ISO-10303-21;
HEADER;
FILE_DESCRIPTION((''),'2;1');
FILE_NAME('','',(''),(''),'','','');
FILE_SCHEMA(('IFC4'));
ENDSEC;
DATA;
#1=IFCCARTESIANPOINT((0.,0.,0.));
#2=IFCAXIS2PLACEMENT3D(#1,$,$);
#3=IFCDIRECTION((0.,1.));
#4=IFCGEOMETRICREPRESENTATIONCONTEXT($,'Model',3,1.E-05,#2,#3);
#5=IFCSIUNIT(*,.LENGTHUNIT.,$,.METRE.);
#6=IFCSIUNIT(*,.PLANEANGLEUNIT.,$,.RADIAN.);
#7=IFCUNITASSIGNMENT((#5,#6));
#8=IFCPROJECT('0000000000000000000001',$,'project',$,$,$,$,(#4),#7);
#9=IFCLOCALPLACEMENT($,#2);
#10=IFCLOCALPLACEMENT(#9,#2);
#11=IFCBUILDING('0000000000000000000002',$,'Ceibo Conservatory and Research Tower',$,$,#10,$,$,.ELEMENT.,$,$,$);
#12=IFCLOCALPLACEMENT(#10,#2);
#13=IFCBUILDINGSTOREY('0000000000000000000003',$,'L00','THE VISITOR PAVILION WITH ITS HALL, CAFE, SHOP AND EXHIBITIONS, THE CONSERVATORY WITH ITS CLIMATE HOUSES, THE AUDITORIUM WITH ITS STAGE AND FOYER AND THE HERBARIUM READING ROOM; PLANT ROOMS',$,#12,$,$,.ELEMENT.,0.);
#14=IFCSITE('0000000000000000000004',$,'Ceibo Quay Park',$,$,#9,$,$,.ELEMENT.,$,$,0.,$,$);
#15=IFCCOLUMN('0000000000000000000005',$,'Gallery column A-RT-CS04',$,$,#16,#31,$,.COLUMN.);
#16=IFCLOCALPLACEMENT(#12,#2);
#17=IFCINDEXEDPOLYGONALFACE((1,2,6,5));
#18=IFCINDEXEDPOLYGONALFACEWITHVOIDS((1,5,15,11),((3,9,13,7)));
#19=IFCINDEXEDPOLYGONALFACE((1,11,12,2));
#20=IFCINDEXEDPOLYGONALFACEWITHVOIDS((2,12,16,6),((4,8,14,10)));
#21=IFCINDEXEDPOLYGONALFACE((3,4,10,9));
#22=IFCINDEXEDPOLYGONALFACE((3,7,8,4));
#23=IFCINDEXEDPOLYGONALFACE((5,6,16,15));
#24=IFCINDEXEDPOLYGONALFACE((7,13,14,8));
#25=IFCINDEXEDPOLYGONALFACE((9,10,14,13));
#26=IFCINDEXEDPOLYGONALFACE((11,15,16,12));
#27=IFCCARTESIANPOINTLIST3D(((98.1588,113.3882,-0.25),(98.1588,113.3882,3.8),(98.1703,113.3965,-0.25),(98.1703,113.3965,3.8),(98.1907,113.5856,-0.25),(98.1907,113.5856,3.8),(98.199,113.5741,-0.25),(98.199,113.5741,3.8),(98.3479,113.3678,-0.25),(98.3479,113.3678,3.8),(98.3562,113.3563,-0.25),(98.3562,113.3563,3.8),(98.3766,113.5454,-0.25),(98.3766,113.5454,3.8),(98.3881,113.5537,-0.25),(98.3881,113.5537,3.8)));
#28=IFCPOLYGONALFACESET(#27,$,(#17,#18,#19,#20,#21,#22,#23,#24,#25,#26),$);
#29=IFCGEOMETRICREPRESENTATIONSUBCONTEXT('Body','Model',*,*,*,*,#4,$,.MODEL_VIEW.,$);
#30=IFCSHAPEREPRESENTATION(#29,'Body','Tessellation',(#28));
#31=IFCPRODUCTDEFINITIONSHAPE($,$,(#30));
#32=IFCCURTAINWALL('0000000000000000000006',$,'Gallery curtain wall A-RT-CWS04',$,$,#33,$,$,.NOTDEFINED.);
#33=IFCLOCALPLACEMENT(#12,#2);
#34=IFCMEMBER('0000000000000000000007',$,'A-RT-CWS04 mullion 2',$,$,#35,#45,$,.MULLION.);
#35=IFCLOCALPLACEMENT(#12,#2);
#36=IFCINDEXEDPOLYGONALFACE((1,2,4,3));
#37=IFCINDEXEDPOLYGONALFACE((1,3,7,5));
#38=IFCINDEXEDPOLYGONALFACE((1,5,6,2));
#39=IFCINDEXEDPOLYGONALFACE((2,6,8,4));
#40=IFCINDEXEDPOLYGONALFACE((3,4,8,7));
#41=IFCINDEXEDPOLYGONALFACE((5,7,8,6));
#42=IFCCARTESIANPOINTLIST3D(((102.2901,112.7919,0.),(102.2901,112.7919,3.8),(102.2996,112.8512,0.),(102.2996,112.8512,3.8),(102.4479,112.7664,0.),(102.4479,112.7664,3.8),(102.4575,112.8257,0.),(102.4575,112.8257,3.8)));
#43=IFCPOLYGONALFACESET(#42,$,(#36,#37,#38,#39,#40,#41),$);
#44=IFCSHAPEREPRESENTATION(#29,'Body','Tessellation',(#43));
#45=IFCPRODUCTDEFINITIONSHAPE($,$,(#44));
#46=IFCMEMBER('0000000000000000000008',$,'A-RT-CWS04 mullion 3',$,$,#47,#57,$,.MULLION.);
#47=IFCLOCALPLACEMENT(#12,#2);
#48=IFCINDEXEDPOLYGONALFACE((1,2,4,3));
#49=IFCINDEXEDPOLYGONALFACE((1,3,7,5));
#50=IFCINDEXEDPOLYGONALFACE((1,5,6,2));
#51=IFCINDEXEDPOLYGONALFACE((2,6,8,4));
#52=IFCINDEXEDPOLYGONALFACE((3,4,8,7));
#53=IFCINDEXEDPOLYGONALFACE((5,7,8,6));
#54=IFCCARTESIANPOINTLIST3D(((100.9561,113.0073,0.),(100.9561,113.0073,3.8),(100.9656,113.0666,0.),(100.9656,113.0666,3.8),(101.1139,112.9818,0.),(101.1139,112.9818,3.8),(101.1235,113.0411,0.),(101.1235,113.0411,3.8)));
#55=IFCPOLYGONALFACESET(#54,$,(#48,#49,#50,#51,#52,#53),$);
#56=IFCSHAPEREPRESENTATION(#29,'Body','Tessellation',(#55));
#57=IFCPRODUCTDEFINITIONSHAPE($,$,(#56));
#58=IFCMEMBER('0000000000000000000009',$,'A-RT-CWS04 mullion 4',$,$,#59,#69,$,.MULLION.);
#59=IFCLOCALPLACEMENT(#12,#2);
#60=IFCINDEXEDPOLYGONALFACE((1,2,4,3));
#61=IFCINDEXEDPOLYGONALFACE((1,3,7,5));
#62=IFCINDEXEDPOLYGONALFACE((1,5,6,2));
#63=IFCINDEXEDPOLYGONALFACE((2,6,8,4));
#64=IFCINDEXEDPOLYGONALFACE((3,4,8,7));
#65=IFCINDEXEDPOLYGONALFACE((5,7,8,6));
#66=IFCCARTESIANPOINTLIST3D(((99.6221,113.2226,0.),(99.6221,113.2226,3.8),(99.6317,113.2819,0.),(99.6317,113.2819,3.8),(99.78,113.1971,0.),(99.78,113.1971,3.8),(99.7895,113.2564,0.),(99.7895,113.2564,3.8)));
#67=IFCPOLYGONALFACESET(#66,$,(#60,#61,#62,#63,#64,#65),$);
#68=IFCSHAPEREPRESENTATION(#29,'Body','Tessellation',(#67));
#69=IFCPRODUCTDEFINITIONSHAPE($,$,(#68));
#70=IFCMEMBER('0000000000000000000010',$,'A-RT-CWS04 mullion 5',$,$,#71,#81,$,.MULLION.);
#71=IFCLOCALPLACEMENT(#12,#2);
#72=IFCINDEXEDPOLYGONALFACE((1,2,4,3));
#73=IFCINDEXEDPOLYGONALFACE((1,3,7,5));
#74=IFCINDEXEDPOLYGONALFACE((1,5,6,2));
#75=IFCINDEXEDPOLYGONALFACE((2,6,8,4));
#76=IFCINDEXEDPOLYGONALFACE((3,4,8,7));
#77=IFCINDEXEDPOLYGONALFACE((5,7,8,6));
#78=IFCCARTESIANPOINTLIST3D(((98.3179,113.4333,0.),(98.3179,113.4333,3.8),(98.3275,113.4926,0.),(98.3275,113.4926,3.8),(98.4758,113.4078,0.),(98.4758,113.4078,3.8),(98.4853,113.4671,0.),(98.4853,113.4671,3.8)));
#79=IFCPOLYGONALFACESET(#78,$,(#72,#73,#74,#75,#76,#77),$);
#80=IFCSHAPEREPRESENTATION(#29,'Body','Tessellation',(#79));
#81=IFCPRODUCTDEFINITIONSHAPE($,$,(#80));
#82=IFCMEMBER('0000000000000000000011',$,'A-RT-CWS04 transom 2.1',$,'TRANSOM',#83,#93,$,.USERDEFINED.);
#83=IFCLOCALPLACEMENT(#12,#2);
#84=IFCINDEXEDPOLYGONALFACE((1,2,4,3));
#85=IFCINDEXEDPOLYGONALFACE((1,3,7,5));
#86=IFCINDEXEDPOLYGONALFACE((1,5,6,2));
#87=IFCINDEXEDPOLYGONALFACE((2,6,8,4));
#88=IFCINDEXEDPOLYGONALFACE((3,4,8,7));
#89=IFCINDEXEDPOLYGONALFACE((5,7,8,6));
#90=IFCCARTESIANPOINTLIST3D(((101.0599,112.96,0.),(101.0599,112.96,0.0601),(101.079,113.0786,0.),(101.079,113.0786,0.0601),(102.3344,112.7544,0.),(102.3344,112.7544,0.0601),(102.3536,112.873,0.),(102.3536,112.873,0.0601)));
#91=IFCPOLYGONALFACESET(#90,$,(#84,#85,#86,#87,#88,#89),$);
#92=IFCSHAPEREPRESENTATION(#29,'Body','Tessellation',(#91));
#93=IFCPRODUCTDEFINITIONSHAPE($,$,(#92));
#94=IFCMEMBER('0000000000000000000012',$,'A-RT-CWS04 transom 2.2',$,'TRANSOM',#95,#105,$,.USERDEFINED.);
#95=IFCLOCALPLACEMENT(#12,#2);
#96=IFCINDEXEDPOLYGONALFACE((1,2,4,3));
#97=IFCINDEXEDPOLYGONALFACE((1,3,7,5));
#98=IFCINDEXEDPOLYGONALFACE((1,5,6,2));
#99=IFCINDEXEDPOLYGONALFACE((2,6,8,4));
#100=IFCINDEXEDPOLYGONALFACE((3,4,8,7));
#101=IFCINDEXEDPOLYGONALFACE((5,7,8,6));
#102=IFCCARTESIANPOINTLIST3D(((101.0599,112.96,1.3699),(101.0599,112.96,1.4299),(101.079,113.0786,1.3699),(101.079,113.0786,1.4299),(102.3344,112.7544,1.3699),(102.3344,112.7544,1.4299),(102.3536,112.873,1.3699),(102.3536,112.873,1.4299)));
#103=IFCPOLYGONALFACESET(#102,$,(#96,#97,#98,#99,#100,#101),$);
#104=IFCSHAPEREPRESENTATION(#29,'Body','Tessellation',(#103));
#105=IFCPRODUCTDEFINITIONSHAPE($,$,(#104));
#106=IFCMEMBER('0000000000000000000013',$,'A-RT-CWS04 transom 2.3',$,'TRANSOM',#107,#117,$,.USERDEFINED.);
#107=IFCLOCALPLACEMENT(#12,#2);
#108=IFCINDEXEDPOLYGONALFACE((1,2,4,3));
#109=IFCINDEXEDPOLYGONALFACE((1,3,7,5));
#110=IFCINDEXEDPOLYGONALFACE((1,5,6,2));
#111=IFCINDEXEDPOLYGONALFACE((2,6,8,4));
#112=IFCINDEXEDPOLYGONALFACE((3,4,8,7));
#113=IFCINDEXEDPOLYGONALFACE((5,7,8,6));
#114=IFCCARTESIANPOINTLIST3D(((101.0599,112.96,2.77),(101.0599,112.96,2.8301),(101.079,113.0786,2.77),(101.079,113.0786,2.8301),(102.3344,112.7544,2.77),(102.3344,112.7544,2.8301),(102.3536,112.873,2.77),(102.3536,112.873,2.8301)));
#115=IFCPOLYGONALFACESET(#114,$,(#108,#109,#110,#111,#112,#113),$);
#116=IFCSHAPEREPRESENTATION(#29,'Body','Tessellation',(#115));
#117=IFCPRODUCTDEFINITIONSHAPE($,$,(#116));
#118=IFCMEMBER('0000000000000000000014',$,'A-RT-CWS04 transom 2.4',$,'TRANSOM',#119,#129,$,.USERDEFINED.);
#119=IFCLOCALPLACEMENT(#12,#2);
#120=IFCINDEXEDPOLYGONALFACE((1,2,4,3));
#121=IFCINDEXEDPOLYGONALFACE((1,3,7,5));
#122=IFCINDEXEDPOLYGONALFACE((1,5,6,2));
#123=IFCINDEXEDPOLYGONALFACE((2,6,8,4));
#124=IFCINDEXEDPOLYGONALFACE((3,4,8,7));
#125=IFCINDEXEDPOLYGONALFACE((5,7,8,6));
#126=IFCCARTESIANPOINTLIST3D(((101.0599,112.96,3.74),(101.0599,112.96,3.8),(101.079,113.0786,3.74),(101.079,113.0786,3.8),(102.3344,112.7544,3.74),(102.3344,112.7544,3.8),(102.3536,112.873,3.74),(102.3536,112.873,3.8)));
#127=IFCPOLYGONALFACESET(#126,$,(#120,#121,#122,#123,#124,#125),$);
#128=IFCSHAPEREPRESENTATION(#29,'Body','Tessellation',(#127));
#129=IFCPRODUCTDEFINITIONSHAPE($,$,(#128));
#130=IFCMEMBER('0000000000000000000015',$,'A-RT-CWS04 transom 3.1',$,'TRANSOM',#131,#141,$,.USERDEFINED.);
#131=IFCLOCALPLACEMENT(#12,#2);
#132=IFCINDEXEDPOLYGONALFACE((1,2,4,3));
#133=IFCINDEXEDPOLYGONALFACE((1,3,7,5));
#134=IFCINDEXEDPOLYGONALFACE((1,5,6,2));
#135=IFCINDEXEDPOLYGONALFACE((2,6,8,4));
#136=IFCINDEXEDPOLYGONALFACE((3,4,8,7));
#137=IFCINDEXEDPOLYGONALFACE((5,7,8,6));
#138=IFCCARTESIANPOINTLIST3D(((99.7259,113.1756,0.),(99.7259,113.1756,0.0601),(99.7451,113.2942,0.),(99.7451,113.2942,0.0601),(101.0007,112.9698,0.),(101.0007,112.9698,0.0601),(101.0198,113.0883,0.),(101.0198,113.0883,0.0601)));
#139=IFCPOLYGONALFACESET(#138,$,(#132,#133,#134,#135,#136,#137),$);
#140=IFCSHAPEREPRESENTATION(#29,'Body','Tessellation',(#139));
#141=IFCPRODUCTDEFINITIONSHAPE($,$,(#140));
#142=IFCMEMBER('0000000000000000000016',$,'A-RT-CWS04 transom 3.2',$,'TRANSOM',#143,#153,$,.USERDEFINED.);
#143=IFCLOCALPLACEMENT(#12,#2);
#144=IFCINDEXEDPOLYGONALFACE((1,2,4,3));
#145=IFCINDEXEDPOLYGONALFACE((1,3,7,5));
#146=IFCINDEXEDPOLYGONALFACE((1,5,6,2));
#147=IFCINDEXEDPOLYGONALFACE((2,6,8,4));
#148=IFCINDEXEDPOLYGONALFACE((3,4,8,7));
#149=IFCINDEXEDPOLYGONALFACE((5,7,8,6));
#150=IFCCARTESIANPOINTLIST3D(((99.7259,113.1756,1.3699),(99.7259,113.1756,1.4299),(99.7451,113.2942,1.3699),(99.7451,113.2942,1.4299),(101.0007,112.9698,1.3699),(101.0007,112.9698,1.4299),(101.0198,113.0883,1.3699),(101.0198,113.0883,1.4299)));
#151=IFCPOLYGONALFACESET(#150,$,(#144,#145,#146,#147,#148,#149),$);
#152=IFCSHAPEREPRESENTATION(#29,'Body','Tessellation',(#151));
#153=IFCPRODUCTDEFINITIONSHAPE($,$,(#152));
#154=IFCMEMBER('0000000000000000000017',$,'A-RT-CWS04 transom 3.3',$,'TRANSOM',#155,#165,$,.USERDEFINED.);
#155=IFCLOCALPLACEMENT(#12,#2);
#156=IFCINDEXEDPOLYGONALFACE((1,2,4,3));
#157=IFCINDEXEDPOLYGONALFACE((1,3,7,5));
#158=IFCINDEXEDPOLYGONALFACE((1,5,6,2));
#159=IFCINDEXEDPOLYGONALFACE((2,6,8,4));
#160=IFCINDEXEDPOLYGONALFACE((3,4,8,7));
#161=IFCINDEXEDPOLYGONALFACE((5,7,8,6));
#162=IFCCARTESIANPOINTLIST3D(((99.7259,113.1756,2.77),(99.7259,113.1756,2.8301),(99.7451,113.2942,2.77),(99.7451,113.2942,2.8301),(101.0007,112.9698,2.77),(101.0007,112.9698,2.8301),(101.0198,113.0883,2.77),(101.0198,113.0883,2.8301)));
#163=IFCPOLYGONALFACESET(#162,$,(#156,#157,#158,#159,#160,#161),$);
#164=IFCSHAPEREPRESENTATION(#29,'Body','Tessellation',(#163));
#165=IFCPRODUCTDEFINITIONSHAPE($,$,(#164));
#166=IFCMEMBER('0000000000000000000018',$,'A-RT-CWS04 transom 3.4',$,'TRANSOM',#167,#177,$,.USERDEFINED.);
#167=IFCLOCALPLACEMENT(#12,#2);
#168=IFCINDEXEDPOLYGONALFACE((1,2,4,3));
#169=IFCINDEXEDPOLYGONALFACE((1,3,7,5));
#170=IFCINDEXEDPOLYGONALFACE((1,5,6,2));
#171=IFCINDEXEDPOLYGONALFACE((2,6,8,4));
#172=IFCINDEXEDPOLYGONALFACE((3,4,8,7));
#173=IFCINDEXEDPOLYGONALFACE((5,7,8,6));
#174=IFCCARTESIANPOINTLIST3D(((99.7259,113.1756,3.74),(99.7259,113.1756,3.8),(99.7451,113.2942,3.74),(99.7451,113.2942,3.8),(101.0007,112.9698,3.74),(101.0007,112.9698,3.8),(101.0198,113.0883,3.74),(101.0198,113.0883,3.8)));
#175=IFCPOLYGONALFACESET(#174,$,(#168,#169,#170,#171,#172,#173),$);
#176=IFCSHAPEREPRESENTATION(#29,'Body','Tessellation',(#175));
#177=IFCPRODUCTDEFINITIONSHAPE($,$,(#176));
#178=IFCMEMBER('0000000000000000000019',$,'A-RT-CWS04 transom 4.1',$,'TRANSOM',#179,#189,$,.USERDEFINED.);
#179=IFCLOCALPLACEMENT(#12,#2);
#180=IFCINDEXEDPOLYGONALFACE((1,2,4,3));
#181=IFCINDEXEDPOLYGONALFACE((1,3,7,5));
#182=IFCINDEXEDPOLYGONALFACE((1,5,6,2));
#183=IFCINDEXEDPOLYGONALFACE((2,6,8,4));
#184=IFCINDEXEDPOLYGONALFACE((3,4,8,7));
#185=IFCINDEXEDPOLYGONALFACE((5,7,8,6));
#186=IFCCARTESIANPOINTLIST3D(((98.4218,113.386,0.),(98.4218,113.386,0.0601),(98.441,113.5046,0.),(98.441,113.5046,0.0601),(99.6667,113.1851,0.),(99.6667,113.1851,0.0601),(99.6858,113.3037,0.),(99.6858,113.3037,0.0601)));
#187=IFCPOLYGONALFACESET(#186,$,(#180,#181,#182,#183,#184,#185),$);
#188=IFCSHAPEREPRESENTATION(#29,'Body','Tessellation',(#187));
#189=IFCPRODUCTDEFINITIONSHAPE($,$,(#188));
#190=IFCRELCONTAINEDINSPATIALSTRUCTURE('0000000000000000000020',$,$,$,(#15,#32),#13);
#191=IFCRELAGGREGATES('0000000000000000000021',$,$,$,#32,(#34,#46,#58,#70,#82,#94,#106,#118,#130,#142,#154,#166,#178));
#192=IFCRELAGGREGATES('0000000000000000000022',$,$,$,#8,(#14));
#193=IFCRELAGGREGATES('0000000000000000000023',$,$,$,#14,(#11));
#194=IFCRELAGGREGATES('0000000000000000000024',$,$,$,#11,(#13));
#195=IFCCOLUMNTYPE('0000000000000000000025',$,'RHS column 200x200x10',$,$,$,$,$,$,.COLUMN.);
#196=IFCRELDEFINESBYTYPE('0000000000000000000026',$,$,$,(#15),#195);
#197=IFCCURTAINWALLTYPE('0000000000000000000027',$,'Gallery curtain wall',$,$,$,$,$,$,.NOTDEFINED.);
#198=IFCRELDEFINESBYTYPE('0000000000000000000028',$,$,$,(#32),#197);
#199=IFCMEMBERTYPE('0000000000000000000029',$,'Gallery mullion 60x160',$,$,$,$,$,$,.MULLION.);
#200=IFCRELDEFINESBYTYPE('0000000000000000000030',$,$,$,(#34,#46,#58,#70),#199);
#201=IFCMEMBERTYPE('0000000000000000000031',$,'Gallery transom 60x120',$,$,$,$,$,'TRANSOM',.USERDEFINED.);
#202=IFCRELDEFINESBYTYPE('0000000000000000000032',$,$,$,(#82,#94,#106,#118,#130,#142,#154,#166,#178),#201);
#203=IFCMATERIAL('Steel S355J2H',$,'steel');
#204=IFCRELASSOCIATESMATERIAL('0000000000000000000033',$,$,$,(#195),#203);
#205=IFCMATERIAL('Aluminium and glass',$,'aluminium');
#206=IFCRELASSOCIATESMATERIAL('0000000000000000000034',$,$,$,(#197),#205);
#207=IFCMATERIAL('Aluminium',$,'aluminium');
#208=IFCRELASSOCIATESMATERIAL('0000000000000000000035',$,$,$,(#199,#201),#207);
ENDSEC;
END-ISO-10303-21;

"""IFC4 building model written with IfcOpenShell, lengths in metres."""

from ifc_helpers import new_model, si_unit, direction, frame, origin, origin_2d, place, context, subcontext, project, spatial, rectangle, hollow_rectangle, extrude, material, material_profile, profile_set, type_object, element, aggregate, save


model = new_model("IFC4")

# Units and contexts
model_context = context("Model", 3, precision=1e-05, world=origin(), true_north=direction((0.0, 1.0)))
body_context = subcontext(model_context, "Body", "Model", "MODEL_VIEW")
ifc_project = project(units=[si_unit("LENGTHUNIT", "METRE"), si_unit("PLANEANGLEUNIT", "RADIAN")], contexts=[model_context])

# Site, building, storey
site_placement = place(None, origin())
site = spatial("IfcSite", under=ifc_project, at=site_placement, Name="Ceibo Quay Park", CompositionType="ELEMENT", RefElevation=0.0)
building_placement = place(site_placement, origin())
building = spatial("IfcBuilding", under=site, at=building_placement, Name="Ceibo Conservatory and Research Tower", CompositionType="ELEMENT")
storey_placement = place(building_placement, origin())
storey = spatial("IfcBuildingStorey", under=building, at=storey_placement, Name="L00", Description="THE VISITOR PAVILION WITH ITS HALL, CAFE, SHOP AND EXHIBITIONS, THE CONSERVATORY WITH ITS CLIMATE HOUSES, THE AUDITORIUM WITH ITS STAGE AND FOYER AND THE HERBARIUM READING ROOM; PLANT ROOMS", CompositionType="ELEMENT", Elevation=0.0)

# Column
ifc_material_1 = material(Name="Steel S355J2H", Category="steel")
ifc_material_profile_1 = material_profile(ifc_material_1, hollow_rectangle(XDim=0.2, YDim=0.2, WallThickness=0.01, at=origin_2d()), Name="RHS column 200x200x10")
ifc_profile_set_1 = profile_set([ifc_material_profile_1], Name="Steel S355J2H")
column_type = type_object("IfcColumnType", Name="RHS column 200x200x10", PredefinedType="COLUMN", material=ifc_profile_set_1)
column_placement = place(storey_placement, frame((98.2734, 113.4709, -0.25), z_axis=(0.0, 0.0, 1.0), x_axis=(-0.987216, 0.159391, 0.0)))
element("IfcColumn", 1, at=column_placement, inside=storey, type_object=column_type, Name="Gallery column A-RT-CS04", PredefinedType="COLUMN", context=body_context, shape_type="SweptSolid", body=[
    extrude(hollow_rectangle(XDim=0.2, YDim=0.2, WallThickness=0.01, at=origin_2d()), origin(), (0.0, 0.0, 1.0), 4.05),
])

# Curtain wall, members
ifc_material_2 = material(Name="Aluminium and glass", Category="aluminium")
curtain_wall_type = type_object("IfcCurtainWallType", Name="Gallery curtain wall", PredefinedType="NOTDEFINED", material=ifc_material_2)
curtain_wall_placement = place(storey_placement, origin())
curtain_wall = element("IfcCurtainWall", 2, at=curtain_wall_placement, inside=storey, type_object=curtain_wall_type, Name="Gallery curtain wall A-RT-CWS04", PredefinedType="NOTDEFINED")
ifc_material_3 = material(Name="Aluminium", Category="aluminium")
ifc_material_profile_2 = material_profile(ifc_material_3, rectangle(XDim=0.0601, YDim=0.1599, at=origin_2d()), Name="AL 60x160")
ifc_profile_set_2 = profile_set([ifc_material_profile_2], Name="Aluminium")
member_type_1 = type_object("IfcMemberType", Name="Gallery mullion 60x160", PredefinedType="MULLION", material=ifc_profile_set_2)
member_1_placement = place(storey_placement, frame((102.3738, 112.8088, 0.0), z_axis=(0.0, 0.0, 1.0), x_axis=(-0.159391, -0.987216, 0.0)))
member_1 = element("IfcMember", 3, at=member_1_placement, type_object=member_type_1, Name="A-RT-CWS04 mullion 2", PredefinedType="MULLION", context=body_context, shape_type="SweptSolid", body=[
    extrude(rectangle(XDim=0.0601, YDim=0.1599, at=origin_2d()), origin(), (0.0, 0.0, 1.0), 3.8),
])
member_2_placement = place(storey_placement, frame((101.0398, 113.0242, 0.0), z_axis=(0.0, 0.0, 1.0), x_axis=(-0.159391, -0.987216, 0.0)))
member_2 = element("IfcMember", 4, at=member_2_placement, type_object=member_type_1, Name="A-RT-CWS04 mullion 3", PredefinedType="MULLION", context=body_context, shape_type="SweptSolid", body=[
    extrude(rectangle(XDim=0.0601, YDim=0.1599, at=origin_2d()), origin(), (0.0, 0.0, 1.0), 3.8),
])
member_3_placement = place(storey_placement, frame((99.7058, 113.2395, 0.0), z_axis=(0.0, 0.0, 1.0), x_axis=(-0.159391, -0.987216, 0.0)))
member_3 = element("IfcMember", 5, at=member_3_placement, type_object=member_type_1, Name="A-RT-CWS04 mullion 4", PredefinedType="MULLION", context=body_context, shape_type="SweptSolid", body=[
    extrude(rectangle(XDim=0.0601, YDim=0.1599, at=origin_2d()), origin(), (0.0, 0.0, 1.0), 3.8),
])
member_4_placement = place(storey_placement, frame((98.4016, 113.4502, 0.0), z_axis=(0.0, 0.0, 1.0), x_axis=(-0.159391, -0.987216, 0.0)))
member_4 = element("IfcMember", 6, at=member_4_placement, type_object=member_type_1, Name="A-RT-CWS04 mullion 5", PredefinedType="MULLION", context=body_context, shape_type="SweptSolid", body=[
    extrude(rectangle(XDim=0.0601, YDim=0.1599, at=origin_2d()), origin(), (0.0, 0.0, 1.0), 3.8),
])
ifc_material_profile_3 = material_profile(ifc_material_3, rectangle(XDim=0.1201, YDim=0.0601, at=origin_2d()), Name="AL 60x120")
ifc_profile_set_3 = profile_set([ifc_material_profile_3], Name="Aluminium")
member_type_2 = type_object("IfcMemberType", Name="Gallery transom 60x120", ElementType="TRANSOM", PredefinedType="USERDEFINED", material=ifc_profile_set_3)
member_5_placement = place(storey_placement, frame((102.344, 112.8137, 0.03), z_axis=(-0.987244, 0.159215, 0.0), x_axis=(-0.159215, -0.987244, 0.0)))
member_5 = element("IfcMember", 7, at=member_5_placement, type_object=member_type_2, Name="A-RT-CWS04 transom 2.1", ObjectType="TRANSOM", PredefinedType="USERDEFINED", context=body_context, shape_type="SweptSolid", body=[
    extrude(rectangle(XDim=0.1201, YDim=0.0601, at=origin_2d()), origin(), (0.0, 0.0, 1.0), 1.291),
])
member_6_placement = place(storey_placement, frame((102.344, 112.8137, 1.3999), z_axis=(-0.987244, 0.159215, 0.0), x_axis=(-0.159215, -0.987244, 0.0)))
member_6 = element("IfcMember", 8, at=member_6_placement, type_object=member_type_2, Name="A-RT-CWS04 transom 2.2", ObjectType="TRANSOM", PredefinedType="USERDEFINED", context=body_context, shape_type="SweptSolid", body=[
    extrude(rectangle(XDim=0.1201, YDim=0.0601, at=origin_2d()), origin(), (0.0, 0.0, 1.0), 1.291),
])
member_7_placement = place(storey_placement, frame((102.344, 112.8137, 2.8), z_axis=(-0.987244, 0.159215, 0.0), x_axis=(-0.159215, -0.987244, 0.0)))
member_7 = element("IfcMember", 9, at=member_7_placement, type_object=member_type_2, Name="A-RT-CWS04 transom 2.3", ObjectType="TRANSOM", PredefinedType="USERDEFINED", context=body_context, shape_type="SweptSolid", body=[
    extrude(rectangle(XDim=0.1201, YDim=0.0601, at=origin_2d()), origin(), (0.0, 0.0, 1.0), 1.291),
])
member_8_placement = place(storey_placement, frame((102.344, 112.8137, 3.77), z_axis=(-0.987244, 0.159215, 0.0), x_axis=(-0.159215, -0.987244, 0.0)))
member_8 = element("IfcMember", 10, at=member_8_placement, type_object=member_type_2, Name="A-RT-CWS04 transom 2.4", ObjectType="TRANSOM", PredefinedType="USERDEFINED", context=body_context, shape_type="SweptSolid", body=[
    extrude(rectangle(XDim=0.1201, YDim=0.0601, at=origin_2d()), origin(), (0.0, 0.0, 1.0), 1.291),
])
member_9_placement = place(storey_placement, frame((101.0103, 113.0291, 0.03), z_axis=(-0.987214, 0.159399, 0.0), x_axis=(-0.159399, -0.987214, 0.0)))
member_9 = element("IfcMember", 11, at=member_9_placement, type_object=member_type_2, Name="A-RT-CWS04 transom 3.1", ObjectType="TRANSOM", PredefinedType="USERDEFINED", context=body_context, shape_type="SweptSolid", body=[
    extrude(rectangle(XDim=0.1201, YDim=0.0601, at=origin_2d()), origin(), (0.0, 0.0, 1.0), 1.2913),
])
member_10_placement = place(storey_placement, frame((101.0103, 113.0291, 1.3999), z_axis=(-0.987214, 0.159399, 0.0), x_axis=(-0.159399, -0.987214, 0.0)))
member_10 = element("IfcMember", 12, at=member_10_placement, type_object=member_type_2, Name="A-RT-CWS04 transom 3.2", ObjectType="TRANSOM", PredefinedType="USERDEFINED", context=body_context, shape_type="SweptSolid", body=[
    extrude(rectangle(XDim=0.1201, YDim=0.0601, at=origin_2d()), origin(), (0.0, 0.0, 1.0), 1.2913),
])
member_11_placement = place(storey_placement, frame((101.0103, 113.0291, 2.8), z_axis=(-0.987214, 0.159399, 0.0), x_axis=(-0.159399, -0.987214, 0.0)))
member_11 = element("IfcMember", 13, at=member_11_placement, type_object=member_type_2, Name="A-RT-CWS04 transom 3.3", ObjectType="TRANSOM", PredefinedType="USERDEFINED", context=body_context, shape_type="SweptSolid", body=[
    extrude(rectangle(XDim=0.1201, YDim=0.0601, at=origin_2d()), origin(), (0.0, 0.0, 1.0), 1.2913),
])
member_12_placement = place(storey_placement, frame((101.0103, 113.0291, 3.77), z_axis=(-0.987214, 0.159399, 0.0), x_axis=(-0.159399, -0.987214, 0.0)))
member_12 = element("IfcMember", 14, at=member_12_placement, type_object=member_type_2, Name="A-RT-CWS04 transom 3.4", ObjectType="TRANSOM", PredefinedType="USERDEFINED", context=body_context, shape_type="SweptSolid", body=[
    extrude(rectangle(XDim=0.1201, YDim=0.0601, at=origin_2d()), origin(), (0.0, 0.0, 1.0), 1.2913),
])
member_13_placement = place(storey_placement, frame((99.6763, 113.2444, 0.03), z_axis=(-0.987223, 0.159342, 0.0), x_axis=(-0.159342, -0.987223, 0.0)))
member_13 = element("IfcMember", 15, at=member_13_placement, type_object=member_type_2, Name="A-RT-CWS04 transom 4.1", ObjectType="TRANSOM", PredefinedType="USERDEFINED", context=body_context, shape_type="SweptSolid", body=[
    extrude(rectangle(XDim=0.1201, YDim=0.0601, at=origin_2d()), origin(), (0.0, 0.0, 1.0), 1.261),
])

aggregate(curtain_wall, [member_1, member_2, member_3, member_4, member_5, member_6, member_7, member_8, member_9, member_10, member_11, member_12, member_13])

save(model, "model.ifc")
